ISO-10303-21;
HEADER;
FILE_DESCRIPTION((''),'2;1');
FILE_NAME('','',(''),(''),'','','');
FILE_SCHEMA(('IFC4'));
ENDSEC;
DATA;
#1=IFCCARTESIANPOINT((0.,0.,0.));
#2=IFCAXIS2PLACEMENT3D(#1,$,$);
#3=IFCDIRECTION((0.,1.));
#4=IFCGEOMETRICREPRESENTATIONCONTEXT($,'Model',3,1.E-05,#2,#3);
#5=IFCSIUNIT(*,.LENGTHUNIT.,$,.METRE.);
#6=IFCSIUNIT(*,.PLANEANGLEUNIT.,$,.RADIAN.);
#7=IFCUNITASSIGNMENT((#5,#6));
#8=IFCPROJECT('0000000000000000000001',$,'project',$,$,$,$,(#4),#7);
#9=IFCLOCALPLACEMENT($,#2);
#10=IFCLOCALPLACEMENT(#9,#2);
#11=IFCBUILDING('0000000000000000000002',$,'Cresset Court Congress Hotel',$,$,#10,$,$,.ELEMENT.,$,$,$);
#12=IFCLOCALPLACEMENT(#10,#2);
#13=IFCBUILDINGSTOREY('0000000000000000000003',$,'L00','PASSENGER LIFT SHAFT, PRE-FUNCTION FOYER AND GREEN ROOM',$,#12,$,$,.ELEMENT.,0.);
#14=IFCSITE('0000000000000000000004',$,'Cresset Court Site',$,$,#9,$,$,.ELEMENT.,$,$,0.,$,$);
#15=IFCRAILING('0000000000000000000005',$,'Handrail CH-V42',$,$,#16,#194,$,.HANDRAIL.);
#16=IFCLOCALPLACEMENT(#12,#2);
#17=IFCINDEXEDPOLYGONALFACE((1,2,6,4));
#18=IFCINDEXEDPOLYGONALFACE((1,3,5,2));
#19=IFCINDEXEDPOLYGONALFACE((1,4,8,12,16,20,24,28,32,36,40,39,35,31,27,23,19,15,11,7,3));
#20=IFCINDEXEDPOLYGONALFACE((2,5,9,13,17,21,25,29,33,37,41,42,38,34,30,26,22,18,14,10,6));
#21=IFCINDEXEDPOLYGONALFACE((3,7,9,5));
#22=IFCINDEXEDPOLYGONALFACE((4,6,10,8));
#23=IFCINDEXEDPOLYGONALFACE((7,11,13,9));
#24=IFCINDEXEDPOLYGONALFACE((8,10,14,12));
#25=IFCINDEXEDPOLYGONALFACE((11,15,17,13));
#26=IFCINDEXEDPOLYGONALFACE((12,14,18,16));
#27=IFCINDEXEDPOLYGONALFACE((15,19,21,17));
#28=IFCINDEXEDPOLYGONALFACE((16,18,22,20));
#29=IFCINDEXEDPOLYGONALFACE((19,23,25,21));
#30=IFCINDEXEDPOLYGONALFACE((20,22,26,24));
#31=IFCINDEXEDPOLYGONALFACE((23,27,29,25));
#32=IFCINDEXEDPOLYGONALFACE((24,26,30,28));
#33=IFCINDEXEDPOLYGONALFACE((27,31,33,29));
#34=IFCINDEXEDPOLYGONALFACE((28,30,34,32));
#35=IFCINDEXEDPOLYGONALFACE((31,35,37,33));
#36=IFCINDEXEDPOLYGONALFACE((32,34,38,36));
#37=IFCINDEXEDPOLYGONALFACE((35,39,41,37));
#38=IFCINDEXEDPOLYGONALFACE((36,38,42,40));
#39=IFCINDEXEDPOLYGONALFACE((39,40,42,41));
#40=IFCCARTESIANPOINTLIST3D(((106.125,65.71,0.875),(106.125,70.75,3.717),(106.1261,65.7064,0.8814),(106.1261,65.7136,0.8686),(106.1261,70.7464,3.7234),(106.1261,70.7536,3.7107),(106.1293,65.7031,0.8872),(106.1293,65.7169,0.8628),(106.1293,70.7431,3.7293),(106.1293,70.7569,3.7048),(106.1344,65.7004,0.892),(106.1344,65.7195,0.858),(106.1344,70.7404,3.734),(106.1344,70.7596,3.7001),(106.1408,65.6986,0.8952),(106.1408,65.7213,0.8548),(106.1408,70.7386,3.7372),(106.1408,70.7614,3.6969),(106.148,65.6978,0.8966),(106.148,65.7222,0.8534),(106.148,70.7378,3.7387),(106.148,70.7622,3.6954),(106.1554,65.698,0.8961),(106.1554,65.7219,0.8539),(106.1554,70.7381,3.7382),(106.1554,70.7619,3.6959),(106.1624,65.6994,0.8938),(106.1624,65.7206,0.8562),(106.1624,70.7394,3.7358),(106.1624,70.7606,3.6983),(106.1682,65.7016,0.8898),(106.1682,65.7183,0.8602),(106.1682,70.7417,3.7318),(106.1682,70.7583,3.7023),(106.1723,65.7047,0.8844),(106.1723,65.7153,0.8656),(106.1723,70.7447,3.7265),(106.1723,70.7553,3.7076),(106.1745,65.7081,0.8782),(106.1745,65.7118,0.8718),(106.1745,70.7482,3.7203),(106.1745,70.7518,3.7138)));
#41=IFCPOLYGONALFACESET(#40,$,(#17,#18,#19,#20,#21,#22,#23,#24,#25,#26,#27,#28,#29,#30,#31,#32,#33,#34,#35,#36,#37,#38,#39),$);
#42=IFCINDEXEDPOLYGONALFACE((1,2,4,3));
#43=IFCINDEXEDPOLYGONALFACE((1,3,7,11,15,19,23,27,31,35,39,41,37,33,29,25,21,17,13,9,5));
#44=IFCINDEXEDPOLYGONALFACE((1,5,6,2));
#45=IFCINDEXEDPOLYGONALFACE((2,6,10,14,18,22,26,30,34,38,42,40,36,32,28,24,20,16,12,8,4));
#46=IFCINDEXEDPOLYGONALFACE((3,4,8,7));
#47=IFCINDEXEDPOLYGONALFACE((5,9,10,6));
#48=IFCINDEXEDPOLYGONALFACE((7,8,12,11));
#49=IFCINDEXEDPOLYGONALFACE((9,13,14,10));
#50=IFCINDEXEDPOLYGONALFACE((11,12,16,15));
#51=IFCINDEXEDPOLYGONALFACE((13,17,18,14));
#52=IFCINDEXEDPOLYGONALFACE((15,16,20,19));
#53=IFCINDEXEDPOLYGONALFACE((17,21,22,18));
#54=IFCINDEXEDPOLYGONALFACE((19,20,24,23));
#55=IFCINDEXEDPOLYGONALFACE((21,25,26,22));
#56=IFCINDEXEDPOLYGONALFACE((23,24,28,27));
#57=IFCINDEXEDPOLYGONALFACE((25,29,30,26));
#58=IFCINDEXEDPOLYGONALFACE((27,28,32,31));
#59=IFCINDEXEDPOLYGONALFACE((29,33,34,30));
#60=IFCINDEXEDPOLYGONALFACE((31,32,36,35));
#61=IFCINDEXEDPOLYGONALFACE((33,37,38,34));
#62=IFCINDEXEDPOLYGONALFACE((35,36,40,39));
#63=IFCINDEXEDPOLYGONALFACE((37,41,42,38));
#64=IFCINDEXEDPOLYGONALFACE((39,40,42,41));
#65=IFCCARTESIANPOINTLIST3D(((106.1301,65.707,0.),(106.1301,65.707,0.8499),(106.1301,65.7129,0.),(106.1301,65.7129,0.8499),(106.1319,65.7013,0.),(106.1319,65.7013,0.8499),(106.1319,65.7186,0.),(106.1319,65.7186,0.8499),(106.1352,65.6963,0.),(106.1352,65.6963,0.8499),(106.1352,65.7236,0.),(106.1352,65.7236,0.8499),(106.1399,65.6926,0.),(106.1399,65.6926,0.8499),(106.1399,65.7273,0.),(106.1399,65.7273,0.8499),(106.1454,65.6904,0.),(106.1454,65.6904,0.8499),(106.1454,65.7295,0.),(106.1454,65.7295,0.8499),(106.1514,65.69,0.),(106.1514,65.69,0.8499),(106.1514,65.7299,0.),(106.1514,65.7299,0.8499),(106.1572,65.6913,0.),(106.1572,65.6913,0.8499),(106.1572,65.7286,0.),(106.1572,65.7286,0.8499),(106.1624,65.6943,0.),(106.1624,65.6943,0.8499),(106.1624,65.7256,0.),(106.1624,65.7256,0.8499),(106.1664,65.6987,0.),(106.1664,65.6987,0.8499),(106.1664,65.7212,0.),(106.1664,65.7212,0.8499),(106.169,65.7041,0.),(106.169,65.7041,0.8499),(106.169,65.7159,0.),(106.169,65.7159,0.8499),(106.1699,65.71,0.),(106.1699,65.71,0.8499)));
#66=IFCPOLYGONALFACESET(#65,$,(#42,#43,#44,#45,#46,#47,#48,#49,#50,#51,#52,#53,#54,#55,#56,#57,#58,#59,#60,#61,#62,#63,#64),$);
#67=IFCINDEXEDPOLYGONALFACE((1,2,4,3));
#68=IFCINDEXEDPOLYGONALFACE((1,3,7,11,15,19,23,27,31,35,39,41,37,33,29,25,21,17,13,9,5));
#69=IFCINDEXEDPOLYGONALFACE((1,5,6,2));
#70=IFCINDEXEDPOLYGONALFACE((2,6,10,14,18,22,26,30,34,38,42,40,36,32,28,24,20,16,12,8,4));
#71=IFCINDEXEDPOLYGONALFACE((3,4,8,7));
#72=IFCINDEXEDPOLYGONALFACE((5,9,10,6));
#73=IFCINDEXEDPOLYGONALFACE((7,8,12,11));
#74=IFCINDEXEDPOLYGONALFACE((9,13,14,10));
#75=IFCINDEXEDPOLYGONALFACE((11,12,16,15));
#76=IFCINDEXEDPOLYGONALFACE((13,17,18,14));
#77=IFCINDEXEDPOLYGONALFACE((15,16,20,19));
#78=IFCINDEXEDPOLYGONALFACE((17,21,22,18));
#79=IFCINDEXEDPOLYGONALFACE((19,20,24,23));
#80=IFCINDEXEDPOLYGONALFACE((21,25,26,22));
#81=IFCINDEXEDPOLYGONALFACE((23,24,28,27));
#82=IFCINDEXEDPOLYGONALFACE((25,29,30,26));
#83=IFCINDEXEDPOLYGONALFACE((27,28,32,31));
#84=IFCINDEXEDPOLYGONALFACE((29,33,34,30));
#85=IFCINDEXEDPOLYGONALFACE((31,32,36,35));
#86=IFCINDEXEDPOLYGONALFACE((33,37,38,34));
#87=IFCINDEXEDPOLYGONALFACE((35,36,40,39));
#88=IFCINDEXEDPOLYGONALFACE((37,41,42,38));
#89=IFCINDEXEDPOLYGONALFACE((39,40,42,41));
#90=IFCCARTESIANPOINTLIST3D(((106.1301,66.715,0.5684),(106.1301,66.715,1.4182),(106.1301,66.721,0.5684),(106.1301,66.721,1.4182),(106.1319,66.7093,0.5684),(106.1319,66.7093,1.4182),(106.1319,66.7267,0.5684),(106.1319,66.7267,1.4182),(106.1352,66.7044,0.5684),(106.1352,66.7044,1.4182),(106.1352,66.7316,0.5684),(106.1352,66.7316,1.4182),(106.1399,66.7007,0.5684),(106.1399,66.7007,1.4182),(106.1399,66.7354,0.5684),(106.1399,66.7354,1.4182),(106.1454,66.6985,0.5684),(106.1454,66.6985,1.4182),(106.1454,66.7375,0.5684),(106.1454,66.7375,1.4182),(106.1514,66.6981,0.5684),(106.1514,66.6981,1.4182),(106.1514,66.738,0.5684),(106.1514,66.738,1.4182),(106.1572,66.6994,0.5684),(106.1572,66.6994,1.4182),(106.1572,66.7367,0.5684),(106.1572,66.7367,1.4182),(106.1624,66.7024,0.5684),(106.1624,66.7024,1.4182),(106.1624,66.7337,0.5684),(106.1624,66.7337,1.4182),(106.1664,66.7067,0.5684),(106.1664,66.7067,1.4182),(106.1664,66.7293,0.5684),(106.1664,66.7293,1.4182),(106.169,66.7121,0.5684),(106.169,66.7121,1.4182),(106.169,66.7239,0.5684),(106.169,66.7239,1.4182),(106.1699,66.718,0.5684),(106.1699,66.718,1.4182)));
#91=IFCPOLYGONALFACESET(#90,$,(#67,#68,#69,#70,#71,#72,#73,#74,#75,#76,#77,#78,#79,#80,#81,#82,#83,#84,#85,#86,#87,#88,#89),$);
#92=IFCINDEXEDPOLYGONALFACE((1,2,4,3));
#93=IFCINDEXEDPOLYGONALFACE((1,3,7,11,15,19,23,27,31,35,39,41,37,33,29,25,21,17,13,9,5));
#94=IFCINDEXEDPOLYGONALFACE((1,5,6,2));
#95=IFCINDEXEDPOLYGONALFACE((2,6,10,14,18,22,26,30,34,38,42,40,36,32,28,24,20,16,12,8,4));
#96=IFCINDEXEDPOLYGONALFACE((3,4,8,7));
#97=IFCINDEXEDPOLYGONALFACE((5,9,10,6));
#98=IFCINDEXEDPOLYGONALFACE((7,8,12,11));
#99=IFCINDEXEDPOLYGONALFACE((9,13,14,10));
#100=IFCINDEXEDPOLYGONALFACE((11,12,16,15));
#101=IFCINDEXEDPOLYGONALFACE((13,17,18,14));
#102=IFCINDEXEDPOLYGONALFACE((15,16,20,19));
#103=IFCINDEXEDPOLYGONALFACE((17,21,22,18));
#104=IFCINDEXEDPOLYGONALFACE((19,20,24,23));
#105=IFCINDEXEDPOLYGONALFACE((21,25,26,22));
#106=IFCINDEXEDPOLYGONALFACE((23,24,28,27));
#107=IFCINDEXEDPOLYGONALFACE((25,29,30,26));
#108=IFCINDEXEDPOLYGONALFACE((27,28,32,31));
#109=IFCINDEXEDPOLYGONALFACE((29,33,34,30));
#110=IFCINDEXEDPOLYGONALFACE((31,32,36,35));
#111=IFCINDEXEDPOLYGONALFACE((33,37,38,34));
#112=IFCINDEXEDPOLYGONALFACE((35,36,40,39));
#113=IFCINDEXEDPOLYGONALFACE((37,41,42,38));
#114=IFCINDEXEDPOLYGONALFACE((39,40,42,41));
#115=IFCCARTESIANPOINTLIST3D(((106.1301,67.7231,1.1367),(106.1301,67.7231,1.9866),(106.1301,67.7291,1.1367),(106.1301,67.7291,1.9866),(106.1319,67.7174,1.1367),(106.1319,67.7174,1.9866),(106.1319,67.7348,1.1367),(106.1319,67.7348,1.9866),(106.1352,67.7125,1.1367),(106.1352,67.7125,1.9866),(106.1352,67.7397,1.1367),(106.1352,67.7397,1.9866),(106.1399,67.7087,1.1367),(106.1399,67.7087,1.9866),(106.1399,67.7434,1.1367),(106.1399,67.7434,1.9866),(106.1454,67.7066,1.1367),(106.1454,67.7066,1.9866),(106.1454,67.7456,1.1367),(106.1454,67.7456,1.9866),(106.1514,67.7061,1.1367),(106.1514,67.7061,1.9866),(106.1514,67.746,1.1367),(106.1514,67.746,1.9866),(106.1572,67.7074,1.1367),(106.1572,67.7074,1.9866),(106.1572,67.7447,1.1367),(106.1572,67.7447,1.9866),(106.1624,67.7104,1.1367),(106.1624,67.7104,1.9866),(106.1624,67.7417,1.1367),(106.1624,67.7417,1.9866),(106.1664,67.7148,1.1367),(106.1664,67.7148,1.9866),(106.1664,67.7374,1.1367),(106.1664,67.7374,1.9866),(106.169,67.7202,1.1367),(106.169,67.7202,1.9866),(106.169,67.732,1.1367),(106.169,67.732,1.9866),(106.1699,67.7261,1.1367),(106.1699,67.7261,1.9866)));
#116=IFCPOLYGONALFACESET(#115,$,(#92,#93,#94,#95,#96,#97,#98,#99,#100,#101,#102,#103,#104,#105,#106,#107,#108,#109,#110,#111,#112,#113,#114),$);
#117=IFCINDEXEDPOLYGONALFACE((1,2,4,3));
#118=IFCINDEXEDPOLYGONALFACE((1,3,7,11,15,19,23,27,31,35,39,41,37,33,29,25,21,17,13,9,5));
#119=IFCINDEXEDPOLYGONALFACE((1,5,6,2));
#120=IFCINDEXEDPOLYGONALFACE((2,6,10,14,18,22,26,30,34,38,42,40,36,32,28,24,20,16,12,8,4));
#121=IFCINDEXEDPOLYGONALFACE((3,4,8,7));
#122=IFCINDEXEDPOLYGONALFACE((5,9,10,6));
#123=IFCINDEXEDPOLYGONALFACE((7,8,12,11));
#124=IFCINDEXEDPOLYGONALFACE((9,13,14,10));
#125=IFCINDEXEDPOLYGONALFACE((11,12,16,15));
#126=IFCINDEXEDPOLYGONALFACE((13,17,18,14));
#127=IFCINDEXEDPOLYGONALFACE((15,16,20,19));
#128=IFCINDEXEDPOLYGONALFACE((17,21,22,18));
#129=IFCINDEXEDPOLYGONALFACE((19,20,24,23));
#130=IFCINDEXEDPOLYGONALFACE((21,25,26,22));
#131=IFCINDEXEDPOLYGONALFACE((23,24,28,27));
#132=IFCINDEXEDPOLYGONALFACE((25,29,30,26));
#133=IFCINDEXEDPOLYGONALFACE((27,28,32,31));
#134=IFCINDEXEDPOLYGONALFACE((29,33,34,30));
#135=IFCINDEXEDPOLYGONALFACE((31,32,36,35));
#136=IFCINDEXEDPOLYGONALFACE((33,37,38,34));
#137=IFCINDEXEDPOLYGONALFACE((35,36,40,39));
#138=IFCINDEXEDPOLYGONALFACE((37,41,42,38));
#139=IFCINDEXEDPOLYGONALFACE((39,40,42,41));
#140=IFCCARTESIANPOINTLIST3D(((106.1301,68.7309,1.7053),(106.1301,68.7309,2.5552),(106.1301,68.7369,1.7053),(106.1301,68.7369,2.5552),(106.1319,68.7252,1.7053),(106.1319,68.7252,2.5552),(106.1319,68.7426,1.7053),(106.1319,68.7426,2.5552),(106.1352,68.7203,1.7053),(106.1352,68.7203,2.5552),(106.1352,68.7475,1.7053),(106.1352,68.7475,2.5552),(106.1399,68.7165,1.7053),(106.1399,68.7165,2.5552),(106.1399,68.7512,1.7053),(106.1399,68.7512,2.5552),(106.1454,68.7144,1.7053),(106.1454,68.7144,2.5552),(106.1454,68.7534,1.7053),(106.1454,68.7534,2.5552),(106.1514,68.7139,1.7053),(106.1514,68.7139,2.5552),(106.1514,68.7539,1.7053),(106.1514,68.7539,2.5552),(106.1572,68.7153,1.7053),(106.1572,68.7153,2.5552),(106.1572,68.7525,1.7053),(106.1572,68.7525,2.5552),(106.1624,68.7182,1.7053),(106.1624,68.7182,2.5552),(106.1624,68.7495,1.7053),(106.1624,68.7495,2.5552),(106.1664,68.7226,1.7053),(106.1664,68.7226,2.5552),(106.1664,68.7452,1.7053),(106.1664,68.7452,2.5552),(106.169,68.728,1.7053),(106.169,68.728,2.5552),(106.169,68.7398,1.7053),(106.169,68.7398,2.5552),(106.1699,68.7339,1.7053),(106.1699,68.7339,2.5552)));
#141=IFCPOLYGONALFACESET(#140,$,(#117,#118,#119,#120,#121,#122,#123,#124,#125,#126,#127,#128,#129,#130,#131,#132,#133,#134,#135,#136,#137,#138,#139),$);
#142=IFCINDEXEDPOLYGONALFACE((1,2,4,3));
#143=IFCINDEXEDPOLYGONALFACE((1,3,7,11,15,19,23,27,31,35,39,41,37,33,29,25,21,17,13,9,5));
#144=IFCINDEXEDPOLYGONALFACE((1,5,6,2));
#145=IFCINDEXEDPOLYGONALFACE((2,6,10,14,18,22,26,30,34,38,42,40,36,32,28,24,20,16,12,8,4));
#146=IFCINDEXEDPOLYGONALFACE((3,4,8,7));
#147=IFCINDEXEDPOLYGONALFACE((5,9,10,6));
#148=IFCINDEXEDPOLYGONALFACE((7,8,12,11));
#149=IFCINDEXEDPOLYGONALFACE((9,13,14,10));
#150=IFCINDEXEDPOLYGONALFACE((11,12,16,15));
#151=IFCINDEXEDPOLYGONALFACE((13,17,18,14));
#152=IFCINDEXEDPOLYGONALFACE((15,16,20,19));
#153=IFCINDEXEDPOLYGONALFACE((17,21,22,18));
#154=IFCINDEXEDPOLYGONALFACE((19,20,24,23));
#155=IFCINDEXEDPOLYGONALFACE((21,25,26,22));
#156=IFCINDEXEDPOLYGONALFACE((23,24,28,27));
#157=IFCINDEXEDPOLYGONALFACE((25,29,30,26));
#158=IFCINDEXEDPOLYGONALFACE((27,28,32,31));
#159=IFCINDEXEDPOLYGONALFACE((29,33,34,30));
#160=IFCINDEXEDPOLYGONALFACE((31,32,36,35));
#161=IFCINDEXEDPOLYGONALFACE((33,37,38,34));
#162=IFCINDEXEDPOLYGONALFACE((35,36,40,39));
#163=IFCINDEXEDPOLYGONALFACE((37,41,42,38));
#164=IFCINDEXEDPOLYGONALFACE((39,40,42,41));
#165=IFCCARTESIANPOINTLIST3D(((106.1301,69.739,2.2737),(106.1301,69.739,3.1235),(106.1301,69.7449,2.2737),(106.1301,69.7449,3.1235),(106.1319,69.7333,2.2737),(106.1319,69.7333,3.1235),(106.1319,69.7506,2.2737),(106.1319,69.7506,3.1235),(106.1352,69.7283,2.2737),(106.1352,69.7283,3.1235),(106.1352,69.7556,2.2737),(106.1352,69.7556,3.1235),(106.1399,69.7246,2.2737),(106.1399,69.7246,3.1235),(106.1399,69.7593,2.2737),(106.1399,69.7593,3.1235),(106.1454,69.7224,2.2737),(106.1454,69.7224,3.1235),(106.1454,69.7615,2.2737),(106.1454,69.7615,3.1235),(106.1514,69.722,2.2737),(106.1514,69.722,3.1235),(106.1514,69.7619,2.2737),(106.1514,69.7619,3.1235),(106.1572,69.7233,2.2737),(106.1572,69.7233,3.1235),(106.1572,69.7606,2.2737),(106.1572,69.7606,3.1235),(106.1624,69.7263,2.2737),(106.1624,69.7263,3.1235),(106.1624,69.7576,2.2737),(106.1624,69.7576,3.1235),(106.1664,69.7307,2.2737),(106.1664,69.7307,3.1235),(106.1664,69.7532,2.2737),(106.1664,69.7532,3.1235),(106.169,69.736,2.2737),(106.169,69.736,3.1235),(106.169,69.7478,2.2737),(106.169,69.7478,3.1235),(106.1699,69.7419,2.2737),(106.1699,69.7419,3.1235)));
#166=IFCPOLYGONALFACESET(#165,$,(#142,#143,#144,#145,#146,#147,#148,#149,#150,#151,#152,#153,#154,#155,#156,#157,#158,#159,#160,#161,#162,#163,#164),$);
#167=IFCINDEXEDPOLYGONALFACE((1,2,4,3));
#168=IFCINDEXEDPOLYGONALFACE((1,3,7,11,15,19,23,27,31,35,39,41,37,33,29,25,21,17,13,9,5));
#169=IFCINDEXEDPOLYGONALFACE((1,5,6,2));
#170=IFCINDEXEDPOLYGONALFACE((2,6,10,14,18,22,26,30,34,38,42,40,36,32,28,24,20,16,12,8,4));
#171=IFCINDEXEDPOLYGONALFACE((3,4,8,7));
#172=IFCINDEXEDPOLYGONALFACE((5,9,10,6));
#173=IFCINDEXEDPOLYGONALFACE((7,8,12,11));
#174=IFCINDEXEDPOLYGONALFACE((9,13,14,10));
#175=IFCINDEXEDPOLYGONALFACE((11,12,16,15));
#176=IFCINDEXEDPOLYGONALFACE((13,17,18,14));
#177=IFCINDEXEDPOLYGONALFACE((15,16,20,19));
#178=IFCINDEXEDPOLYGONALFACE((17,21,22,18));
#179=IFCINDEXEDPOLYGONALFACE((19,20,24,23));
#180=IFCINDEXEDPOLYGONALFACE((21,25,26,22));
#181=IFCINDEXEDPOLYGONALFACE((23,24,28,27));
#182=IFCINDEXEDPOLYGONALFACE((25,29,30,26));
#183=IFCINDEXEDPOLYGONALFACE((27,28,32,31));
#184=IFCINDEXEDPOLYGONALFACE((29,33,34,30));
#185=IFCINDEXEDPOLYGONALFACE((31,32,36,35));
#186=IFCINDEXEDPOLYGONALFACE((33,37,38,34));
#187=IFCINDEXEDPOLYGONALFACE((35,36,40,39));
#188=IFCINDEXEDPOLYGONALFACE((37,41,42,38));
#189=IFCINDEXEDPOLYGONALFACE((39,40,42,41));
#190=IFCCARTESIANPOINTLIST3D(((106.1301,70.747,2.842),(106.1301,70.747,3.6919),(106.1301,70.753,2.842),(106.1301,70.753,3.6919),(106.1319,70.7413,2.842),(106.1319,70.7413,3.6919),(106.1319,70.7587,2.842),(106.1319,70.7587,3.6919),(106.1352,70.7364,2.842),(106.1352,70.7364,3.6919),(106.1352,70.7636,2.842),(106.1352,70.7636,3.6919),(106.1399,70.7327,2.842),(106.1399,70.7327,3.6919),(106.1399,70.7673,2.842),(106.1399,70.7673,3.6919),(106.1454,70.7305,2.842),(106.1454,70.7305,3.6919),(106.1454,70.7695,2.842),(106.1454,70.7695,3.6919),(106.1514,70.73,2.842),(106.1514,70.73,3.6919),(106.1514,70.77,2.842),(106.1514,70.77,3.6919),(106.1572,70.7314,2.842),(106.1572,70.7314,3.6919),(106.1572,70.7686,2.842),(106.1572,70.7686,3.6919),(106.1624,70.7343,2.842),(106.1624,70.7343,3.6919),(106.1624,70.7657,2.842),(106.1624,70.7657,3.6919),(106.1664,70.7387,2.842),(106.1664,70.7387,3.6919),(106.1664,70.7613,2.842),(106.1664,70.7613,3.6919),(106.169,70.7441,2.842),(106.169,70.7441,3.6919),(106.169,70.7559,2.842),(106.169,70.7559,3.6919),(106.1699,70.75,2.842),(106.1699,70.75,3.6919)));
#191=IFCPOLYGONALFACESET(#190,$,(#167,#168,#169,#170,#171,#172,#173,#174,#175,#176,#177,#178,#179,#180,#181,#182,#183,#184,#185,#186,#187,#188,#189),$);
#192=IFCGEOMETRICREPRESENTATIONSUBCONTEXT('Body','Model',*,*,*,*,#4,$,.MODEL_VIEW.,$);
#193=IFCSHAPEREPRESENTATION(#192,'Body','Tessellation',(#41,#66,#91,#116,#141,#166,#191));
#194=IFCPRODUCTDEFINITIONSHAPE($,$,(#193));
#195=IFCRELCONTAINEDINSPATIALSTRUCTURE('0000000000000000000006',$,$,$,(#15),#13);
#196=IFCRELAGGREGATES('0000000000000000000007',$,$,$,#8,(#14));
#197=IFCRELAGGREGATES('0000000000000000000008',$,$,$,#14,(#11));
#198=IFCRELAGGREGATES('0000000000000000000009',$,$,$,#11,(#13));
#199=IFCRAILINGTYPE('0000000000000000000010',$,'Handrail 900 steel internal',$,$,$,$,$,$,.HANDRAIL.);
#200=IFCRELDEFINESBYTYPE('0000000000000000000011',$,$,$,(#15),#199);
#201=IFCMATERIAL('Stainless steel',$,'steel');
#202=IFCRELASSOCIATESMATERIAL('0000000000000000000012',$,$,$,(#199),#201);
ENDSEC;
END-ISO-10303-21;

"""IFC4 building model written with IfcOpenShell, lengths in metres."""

from ifc_helpers import new_model, si_unit, direction, frame, origin, origin_2d, place, context, subcontext, project, spatial, circle, extrude, material, type_object, element, save


model = new_model("IFC4")

# Units and contexts
model_context = context("Model", 3, precision=1e-05, world=origin(), true_north=direction((0.0, 1.0)))
body_context = subcontext(model_context, "Body", "Model", "MODEL_VIEW")
ifc_project = project(units=[si_unit("LENGTHUNIT", "METRE"), si_unit("PLANEANGLEUNIT", "RADIAN")], contexts=[model_context])

# Site, building, storey
site_placement = place(None, origin())
site = spatial("IfcSite", under=ifc_project, at=site_placement, Name="Cresset Court Site", CompositionType="ELEMENT", RefElevation=0.0)
building_placement = place(site_placement, origin())
building = spatial("IfcBuilding", under=site, at=building_placement, Name="Cresset Court Congress Hotel", CompositionType="ELEMENT")
storey_placement = place(building_placement, origin())
storey = spatial("IfcBuildingStorey", under=building, at=storey_placement, Name="L00", Description="PASSENGER LIFT SHAFT, PRE-FUNCTION FOYER AND GREEN ROOM", CompositionType="ELEMENT", Elevation=0.0)

# Railing
ifc_material_1 = material(Name="Stainless steel", Category="steel")
railing_type_1 = type_object("IfcRailingType", Name="Handrail 900 steel internal", PredefinedType="HANDRAIL", material=ifc_material_1)
for number, where, name in (
    (1, (106.1499, 65.71, 0.0), "Handrail CH-V42"),
):
    element("IfcRailing", number, at=place(storey_placement, frame(where)), inside=storey, type_object=railing_type_1, Name=name, PredefinedType="HANDRAIL", context=body_context, shape_type="SweptSolid", body=[
        extrude(circle(Radius=0.0249, at=origin_2d()), frame((0.0, 0.0, 0.875), z_axis=(0.0, 0.871057, 0.491182), x_axis=(-1.0, 0.0, 0.0)), (0.0, 0.0, 1.0), 5.7861),
        extrude(circle(Radius=0.02, at=origin_2d()), origin(), (0.0, 0.0, 1.0), 0.8499),
        extrude(circle(Radius=0.02, at=origin_2d()), frame((0.0, 1.0081, 0.5684)), (0.0, 0.0, 1.0), 0.8499),
        extrude(circle(Radius=0.02, at=origin_2d()), frame((0.0, 2.0161, 1.1367)), (0.0, 0.0, 1.0), 0.8499),
        extrude(circle(Radius=0.02, at=origin_2d()), frame((0.0, 3.0239, 1.7053)), (0.0, 0.0, 1.0), 0.8499),
        extrude(circle(Radius=0.02, at=origin_2d()), frame((0.0, 4.032, 2.2737)), (0.0, 0.0, 1.0), 0.8499),
        extrude(circle(Radius=0.02, at=origin_2d()), frame((0.0, 5.04, 2.842)), (0.0, 0.0, 1.0), 0.8499),
    ])

save(model, "model.ifc")
